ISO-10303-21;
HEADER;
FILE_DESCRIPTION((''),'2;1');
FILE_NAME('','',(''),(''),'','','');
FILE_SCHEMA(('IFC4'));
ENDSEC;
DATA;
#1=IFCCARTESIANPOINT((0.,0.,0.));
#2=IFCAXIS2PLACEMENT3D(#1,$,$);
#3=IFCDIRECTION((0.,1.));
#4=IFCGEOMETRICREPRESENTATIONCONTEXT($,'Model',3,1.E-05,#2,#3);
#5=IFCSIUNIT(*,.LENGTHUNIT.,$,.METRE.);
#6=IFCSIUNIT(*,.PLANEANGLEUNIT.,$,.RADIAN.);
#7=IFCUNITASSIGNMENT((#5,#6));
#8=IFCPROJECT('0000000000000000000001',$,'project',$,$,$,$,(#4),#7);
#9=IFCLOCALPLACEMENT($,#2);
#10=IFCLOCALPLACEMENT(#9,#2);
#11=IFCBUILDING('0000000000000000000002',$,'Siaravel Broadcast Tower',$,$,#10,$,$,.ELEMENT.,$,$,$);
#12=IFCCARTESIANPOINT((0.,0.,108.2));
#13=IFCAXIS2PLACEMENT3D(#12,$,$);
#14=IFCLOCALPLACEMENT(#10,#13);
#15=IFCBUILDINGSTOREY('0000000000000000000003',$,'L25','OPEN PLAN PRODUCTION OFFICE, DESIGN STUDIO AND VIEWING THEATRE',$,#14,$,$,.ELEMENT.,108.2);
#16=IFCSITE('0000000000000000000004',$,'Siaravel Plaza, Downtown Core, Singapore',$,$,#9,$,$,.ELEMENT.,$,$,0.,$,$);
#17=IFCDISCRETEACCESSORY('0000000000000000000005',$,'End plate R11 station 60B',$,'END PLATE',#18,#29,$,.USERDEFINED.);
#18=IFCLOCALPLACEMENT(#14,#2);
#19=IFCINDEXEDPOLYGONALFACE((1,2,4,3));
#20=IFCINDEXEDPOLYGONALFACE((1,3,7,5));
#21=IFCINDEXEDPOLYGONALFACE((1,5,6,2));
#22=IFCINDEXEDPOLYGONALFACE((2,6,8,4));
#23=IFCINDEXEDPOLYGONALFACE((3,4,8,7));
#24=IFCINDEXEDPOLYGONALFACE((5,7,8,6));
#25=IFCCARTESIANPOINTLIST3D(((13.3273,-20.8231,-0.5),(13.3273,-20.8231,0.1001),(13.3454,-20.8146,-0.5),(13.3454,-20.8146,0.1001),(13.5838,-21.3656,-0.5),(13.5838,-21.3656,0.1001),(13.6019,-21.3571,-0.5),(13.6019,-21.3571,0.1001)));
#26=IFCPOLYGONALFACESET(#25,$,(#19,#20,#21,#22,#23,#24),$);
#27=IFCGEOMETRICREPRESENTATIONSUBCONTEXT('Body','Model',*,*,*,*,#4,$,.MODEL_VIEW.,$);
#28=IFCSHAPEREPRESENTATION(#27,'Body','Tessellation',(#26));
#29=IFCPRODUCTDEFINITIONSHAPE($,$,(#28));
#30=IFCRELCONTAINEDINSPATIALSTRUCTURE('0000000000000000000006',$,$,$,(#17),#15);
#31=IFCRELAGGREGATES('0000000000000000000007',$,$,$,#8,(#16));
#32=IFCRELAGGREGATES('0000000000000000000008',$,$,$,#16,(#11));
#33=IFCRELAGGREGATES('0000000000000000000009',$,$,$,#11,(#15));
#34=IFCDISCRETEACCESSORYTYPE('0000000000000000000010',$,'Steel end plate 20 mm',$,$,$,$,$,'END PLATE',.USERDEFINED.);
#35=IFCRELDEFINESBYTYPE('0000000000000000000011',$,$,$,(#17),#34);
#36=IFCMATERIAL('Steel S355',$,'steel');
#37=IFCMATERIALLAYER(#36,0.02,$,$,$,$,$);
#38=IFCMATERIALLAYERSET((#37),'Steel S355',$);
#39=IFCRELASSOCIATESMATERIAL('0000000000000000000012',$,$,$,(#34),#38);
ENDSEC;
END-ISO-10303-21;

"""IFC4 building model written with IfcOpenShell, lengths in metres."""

from ifc_helpers import new_model, si_unit, direction, frame, origin, origin_2d, place, context, subcontext, project, spatial, rectangle, extrude, material, layer, layer_set, type_object, element, save


model = new_model("IFC4")

# Units and contexts
model_context = context("Model", 3, precision=1e-05, world=origin(), true_north=direction((0.0, 1.0)))
body_context = subcontext(model_context, "Body", "Model", "MODEL_VIEW")
ifc_project = project(units=[si_unit("LENGTHUNIT", "METRE"), si_unit("PLANEANGLEUNIT", "RADIAN")], contexts=[model_context])

# Site, building, storey
site_placement = place(None, origin())
site = spatial("IfcSite", under=ifc_project, at=site_placement, Name="Siaravel Plaza, Downtown Core, Singapore", CompositionType="ELEMENT", RefElevation=0.0)
building_placement = place(site_placement, origin())
building = spatial("IfcBuilding", under=site, at=building_placement, Name="Siaravel Broadcast Tower", CompositionType="ELEMENT")
storey_placement = place(building_placement, frame((0.0, 0.0, 108.2)))
storey = spatial("IfcBuildingStorey", under=building, at=storey_placement, Name="L25", Description="OPEN PLAN PRODUCTION OFFICE, DESIGN STUDIO AND VIEWING THEATRE", CompositionType="ELEMENT", Elevation=108.2)

# Shared definitions
ifc_material_1 = material(Name="Steel S355", Category="steel")

# Discrete accessory
ifc_layer_1 = layer(ifc_material_1, 0.02)
ifc_layer_set_1 = layer_set([ifc_layer_1], Name="Steel S355")
discrete_accessory_type_1 = type_object("IfcDiscreteAccessoryType", Name="Steel end plate 20 mm", ElementType="END PLATE", PredefinedType="USERDEFINED", material=ifc_layer_set_1)
for number, where, z_axis, x_axis, name in (
    (1, (13.4646, -21.0901, -0.5), (0.0, 0.0, 1.0), (0.904007, 0.427517, 0.0), "End plate R11 station 60B"),
):
    element("IfcDiscreteAccessory", number, at=place(storey_placement, frame(where, z_axis=z_axis, x_axis=x_axis)), inside=storey, type_object=discrete_accessory_type_1, Name=name, ObjectType="END PLATE", PredefinedType="USERDEFINED", context=body_context, shape_type="SweptSolid", body=[
        extrude(rectangle(XDim=0.02, YDim=0.6001, at=origin_2d()), origin(), (0.0, 0.0, 1.0), 0.6001),
    ])

save(model, "model.ifc")
